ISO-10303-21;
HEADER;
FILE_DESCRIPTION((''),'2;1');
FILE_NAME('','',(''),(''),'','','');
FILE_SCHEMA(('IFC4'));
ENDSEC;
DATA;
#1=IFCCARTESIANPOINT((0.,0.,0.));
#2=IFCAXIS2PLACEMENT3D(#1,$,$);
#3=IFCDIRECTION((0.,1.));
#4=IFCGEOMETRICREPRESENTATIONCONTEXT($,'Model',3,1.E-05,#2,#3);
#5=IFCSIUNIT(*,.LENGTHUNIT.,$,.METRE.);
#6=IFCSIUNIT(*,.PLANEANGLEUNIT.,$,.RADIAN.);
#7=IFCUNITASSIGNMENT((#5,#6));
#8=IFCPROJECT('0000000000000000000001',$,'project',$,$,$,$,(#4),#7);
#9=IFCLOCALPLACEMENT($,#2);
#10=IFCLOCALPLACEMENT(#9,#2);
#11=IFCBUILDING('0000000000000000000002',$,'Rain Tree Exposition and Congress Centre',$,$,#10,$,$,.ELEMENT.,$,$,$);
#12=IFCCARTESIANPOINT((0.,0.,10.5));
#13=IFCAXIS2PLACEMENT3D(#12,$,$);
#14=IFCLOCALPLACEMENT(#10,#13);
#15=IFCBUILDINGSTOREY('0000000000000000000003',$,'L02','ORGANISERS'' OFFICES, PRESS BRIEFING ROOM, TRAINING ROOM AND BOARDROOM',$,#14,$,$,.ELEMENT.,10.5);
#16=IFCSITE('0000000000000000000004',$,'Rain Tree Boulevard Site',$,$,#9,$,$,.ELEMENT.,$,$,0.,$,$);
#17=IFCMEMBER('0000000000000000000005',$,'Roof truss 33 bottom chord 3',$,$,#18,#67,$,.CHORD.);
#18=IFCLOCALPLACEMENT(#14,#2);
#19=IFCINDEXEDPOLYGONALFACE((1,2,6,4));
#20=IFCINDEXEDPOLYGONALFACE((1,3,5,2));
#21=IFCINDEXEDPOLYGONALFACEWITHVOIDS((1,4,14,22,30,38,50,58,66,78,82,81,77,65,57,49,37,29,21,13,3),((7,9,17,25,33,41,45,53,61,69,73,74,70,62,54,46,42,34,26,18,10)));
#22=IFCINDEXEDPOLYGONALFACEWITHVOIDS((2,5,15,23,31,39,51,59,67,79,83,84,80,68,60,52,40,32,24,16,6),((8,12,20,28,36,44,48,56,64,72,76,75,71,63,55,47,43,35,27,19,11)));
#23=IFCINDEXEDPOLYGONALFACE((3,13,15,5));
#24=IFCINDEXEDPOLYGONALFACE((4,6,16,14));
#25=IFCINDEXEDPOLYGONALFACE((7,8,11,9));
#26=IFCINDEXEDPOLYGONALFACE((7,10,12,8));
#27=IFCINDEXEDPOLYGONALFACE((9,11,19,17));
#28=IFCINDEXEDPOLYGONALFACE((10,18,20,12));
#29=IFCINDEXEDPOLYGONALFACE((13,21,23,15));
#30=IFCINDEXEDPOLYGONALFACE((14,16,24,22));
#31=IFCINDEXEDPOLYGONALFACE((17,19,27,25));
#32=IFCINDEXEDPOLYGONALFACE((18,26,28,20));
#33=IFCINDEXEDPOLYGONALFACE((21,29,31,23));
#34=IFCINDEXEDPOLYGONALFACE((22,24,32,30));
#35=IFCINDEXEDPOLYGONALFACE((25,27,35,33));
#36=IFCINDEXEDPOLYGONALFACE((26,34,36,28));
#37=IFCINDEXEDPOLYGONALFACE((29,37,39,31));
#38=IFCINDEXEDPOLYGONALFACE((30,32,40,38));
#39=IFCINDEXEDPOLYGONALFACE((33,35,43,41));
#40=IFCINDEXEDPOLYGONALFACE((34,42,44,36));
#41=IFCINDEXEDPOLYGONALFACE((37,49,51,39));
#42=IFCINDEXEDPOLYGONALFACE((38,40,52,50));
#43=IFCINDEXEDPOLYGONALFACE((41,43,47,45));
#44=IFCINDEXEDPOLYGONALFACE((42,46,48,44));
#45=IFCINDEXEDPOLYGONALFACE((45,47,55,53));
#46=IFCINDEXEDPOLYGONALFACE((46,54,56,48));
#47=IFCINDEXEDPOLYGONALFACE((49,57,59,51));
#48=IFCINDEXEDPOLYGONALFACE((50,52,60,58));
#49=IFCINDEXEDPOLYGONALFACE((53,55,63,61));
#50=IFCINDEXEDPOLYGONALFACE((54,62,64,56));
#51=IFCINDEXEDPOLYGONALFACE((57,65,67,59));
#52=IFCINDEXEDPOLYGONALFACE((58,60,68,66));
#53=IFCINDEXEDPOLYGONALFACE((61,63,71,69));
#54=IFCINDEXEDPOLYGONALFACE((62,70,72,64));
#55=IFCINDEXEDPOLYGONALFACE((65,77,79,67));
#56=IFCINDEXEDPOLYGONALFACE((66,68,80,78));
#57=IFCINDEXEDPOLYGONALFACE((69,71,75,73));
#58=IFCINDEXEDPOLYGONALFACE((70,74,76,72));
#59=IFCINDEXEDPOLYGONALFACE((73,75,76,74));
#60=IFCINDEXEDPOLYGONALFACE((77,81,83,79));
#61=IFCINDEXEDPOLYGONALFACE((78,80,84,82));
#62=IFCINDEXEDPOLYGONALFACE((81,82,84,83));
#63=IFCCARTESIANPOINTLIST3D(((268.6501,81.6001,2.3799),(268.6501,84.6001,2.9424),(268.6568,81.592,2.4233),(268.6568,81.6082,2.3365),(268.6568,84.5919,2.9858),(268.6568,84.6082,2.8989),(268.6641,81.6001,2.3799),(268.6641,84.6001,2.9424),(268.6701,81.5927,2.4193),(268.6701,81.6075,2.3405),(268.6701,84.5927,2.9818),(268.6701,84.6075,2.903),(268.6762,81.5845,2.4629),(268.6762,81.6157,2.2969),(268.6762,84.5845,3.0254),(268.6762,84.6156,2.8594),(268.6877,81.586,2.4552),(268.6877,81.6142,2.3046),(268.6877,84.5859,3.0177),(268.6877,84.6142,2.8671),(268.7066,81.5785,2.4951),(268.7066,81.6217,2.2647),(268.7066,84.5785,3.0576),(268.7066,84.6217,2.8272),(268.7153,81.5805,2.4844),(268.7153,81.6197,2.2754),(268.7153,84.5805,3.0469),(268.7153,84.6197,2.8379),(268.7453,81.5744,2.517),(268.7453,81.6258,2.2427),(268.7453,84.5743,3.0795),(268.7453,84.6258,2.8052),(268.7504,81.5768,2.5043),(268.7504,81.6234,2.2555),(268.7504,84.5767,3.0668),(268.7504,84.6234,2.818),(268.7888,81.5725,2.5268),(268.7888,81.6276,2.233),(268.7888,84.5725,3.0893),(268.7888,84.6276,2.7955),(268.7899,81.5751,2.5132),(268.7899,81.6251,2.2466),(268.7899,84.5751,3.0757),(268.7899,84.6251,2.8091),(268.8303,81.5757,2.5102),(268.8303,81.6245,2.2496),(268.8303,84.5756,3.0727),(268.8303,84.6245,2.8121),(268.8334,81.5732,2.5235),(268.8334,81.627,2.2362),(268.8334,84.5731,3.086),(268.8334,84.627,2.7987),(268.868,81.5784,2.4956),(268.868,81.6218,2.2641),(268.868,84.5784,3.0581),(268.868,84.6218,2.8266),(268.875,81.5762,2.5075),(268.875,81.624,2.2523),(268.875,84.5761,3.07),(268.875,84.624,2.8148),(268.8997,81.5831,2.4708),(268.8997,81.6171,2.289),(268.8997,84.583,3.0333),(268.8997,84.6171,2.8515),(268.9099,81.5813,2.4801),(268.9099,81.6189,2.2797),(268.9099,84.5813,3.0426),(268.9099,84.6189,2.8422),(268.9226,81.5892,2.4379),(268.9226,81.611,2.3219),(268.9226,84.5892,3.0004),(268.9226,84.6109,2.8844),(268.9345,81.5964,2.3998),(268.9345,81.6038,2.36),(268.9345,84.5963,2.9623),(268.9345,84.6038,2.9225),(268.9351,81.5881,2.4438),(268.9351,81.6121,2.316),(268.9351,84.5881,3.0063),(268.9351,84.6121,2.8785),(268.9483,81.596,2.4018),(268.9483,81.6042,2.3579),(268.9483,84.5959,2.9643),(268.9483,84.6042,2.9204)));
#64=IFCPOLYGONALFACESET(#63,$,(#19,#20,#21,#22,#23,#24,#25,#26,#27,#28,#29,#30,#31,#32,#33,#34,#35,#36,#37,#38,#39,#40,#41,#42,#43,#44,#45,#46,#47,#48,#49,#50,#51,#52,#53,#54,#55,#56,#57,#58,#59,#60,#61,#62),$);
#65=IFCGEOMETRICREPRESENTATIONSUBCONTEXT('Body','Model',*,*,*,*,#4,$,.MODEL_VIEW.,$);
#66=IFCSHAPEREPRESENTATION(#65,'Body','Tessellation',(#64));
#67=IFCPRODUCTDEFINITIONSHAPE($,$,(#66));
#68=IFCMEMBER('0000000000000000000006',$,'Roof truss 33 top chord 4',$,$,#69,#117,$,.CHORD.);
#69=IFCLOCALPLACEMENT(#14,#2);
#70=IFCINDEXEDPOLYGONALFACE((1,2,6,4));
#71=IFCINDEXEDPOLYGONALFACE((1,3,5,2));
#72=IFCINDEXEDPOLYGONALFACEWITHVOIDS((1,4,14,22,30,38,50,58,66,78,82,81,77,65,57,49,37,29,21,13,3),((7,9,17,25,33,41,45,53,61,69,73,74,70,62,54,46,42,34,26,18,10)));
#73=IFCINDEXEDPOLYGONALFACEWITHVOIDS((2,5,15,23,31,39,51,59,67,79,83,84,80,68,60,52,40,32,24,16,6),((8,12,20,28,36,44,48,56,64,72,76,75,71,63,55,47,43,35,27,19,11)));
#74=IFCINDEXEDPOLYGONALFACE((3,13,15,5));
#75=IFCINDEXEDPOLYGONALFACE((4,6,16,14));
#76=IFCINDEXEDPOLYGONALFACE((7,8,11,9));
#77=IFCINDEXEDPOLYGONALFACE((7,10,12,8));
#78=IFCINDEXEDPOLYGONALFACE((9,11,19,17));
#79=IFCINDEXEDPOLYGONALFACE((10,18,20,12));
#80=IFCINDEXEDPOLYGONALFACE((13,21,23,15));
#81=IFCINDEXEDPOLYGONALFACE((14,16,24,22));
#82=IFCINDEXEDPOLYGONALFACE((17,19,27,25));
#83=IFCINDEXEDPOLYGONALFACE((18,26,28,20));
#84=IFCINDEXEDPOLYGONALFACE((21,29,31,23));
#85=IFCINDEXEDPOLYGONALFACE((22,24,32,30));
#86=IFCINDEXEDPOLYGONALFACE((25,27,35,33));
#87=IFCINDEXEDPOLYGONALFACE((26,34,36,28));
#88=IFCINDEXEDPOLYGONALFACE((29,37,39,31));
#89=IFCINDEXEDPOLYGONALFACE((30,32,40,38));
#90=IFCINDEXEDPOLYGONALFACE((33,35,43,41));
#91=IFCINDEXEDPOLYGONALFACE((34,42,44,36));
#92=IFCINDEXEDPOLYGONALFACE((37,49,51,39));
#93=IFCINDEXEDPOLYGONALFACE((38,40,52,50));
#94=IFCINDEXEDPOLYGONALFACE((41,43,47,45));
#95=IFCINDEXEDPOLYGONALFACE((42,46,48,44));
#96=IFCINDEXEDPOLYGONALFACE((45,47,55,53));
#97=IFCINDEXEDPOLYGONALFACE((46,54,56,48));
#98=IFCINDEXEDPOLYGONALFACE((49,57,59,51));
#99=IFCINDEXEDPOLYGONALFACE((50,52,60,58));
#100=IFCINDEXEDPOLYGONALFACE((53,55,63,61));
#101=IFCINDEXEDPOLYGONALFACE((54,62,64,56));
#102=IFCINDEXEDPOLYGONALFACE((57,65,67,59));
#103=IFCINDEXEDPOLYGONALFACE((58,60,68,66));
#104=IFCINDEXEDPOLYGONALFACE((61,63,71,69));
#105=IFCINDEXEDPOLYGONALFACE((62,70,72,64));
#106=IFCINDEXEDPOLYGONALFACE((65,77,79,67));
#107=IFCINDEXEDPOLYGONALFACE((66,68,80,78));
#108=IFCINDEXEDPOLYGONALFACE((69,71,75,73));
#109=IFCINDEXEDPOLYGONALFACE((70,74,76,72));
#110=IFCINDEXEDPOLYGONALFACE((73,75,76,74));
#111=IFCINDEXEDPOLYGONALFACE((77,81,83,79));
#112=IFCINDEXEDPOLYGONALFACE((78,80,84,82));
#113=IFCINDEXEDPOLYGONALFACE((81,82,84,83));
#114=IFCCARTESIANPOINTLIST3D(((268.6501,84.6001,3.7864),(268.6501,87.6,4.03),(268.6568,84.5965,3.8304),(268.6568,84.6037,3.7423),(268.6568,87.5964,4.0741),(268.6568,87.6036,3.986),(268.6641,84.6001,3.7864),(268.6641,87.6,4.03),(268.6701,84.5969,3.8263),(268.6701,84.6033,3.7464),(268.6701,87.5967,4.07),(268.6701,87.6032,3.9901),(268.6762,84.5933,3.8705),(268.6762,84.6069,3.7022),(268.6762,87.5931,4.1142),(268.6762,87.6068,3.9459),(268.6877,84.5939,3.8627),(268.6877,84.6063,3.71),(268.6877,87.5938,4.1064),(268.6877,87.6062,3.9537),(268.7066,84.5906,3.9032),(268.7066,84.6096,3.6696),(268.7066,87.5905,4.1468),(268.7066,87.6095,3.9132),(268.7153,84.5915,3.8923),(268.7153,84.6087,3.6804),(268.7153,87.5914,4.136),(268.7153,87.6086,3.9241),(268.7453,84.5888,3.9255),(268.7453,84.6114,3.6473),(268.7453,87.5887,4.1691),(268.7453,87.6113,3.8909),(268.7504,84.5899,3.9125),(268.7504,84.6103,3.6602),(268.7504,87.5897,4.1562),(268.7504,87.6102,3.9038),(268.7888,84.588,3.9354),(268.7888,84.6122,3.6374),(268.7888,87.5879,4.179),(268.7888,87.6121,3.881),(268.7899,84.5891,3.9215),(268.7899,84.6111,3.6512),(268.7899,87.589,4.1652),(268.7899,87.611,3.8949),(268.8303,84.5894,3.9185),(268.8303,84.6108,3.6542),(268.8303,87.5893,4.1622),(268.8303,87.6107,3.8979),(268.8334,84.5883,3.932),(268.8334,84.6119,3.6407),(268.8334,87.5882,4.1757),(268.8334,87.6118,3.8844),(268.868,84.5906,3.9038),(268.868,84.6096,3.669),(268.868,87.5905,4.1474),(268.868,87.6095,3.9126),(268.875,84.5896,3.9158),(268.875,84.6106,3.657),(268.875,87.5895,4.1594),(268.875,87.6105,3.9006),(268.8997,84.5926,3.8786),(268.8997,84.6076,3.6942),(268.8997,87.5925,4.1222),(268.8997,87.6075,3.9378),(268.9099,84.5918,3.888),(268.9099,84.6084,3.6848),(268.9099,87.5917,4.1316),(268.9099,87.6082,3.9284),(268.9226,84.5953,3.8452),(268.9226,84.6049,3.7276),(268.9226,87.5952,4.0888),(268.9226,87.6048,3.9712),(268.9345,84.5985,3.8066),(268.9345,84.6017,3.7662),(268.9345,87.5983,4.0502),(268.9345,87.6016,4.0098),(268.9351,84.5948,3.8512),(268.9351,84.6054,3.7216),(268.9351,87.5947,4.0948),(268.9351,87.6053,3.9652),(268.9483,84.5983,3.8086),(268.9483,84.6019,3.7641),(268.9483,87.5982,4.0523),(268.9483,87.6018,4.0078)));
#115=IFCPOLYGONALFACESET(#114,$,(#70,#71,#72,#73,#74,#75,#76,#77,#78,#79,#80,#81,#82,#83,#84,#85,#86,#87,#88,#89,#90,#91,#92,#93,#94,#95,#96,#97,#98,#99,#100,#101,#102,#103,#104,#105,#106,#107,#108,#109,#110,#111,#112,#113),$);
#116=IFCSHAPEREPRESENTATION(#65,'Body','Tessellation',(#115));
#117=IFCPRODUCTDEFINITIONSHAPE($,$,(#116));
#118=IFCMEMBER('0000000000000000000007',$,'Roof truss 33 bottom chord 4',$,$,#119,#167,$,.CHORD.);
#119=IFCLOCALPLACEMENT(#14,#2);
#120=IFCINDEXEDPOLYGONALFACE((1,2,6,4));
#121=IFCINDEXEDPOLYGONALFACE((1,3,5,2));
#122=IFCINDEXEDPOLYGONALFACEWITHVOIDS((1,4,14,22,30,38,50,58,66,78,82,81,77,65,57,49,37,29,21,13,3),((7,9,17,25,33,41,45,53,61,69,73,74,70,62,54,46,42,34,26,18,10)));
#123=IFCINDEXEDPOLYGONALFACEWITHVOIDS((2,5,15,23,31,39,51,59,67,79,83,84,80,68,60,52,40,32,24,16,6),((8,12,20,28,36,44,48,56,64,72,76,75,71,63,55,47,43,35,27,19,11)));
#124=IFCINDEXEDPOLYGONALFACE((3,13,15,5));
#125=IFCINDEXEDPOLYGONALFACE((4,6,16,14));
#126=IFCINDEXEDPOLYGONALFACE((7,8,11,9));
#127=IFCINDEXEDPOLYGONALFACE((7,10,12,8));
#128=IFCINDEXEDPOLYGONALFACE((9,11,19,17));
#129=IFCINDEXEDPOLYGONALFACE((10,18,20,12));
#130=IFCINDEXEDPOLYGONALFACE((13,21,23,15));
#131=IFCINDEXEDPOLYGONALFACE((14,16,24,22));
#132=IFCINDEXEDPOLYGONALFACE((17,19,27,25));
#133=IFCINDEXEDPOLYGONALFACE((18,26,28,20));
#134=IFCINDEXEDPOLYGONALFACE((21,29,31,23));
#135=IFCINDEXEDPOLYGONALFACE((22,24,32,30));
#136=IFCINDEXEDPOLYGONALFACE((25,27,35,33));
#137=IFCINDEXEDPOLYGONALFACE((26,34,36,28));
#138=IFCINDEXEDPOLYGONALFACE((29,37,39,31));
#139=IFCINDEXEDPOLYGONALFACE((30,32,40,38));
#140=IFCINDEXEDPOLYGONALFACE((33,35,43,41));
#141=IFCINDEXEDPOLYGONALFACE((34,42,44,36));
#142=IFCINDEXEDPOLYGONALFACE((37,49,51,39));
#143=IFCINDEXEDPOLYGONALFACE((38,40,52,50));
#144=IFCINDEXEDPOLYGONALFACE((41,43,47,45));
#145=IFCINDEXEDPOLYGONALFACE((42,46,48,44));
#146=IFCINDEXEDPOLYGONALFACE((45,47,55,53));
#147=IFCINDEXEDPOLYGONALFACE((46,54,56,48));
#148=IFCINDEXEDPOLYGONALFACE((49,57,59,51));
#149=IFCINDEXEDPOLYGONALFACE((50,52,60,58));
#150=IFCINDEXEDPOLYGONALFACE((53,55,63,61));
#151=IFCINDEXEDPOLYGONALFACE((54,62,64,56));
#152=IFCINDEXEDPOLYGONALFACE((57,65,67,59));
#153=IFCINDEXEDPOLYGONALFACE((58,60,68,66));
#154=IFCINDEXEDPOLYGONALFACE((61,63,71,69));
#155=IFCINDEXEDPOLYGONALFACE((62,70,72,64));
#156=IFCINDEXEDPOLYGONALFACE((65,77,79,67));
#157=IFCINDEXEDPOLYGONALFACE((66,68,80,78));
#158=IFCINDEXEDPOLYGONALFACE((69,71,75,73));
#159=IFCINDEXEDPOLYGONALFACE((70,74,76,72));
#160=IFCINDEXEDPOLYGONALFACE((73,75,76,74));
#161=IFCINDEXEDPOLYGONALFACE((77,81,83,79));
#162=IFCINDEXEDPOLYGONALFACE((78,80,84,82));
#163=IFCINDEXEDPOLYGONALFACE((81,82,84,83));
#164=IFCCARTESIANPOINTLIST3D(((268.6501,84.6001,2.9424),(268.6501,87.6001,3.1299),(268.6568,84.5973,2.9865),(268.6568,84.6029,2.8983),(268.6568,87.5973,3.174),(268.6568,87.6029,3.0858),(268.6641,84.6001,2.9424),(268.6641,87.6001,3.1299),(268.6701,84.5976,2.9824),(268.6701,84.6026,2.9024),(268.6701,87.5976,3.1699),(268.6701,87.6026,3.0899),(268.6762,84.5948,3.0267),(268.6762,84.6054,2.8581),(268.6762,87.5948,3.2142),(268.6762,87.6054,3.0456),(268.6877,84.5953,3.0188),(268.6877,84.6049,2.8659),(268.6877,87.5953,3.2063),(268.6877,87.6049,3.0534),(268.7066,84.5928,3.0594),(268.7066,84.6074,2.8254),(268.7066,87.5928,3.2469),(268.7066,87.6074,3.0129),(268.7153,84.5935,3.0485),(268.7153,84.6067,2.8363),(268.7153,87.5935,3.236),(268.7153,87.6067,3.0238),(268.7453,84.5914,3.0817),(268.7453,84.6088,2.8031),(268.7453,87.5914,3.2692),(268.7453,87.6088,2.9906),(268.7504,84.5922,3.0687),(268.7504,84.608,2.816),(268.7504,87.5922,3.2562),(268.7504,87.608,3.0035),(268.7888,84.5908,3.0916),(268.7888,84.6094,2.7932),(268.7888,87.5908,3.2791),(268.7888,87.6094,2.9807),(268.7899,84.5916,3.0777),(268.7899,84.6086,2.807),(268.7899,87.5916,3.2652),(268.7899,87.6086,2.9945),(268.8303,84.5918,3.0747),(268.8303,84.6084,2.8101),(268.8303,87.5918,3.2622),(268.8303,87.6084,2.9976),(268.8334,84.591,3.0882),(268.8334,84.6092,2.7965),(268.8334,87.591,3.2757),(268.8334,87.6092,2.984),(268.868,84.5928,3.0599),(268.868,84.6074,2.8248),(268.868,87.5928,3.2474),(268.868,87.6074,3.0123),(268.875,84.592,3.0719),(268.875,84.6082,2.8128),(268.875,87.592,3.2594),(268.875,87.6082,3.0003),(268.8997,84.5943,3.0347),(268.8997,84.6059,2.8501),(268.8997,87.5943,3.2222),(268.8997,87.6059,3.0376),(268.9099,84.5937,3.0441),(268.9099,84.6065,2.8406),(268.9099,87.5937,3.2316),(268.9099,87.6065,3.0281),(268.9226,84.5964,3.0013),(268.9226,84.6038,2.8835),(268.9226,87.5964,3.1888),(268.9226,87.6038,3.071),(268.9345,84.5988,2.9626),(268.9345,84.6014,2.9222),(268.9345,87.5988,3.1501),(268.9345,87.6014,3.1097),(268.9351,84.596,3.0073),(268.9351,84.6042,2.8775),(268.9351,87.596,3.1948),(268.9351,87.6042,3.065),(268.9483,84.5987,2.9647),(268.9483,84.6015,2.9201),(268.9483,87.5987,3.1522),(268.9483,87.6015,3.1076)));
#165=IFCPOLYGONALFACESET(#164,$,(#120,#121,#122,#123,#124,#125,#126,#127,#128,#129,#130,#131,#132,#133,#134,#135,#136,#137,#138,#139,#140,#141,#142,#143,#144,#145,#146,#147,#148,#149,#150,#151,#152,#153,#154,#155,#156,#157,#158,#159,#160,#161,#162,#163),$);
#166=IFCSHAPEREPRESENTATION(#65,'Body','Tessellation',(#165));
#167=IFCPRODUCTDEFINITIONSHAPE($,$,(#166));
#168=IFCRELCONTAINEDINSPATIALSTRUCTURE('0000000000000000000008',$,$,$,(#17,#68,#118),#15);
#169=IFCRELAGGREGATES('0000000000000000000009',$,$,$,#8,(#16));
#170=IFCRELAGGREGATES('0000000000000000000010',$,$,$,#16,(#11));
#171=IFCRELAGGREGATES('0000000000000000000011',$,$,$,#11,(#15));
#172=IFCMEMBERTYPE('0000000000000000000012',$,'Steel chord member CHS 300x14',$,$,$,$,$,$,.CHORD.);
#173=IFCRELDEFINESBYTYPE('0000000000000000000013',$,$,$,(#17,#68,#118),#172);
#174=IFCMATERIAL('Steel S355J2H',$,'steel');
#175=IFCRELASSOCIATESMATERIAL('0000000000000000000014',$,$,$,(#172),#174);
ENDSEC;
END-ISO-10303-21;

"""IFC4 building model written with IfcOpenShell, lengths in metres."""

from ifc_helpers import new_model, si_unit, direction, frame, origin, origin_2d, place, context, subcontext, project, spatial, hollow_circle, extrude, material, material_profile, profile_set, type_object, element, save


model = new_model("IFC4")

# Units and contexts
model_context = context("Model", 3, precision=1e-05, world=origin(), true_north=direction((0.0, 1.0)))
body_context = subcontext(model_context, "Body", "Model", "MODEL_VIEW")
ifc_project = project(units=[si_unit("LENGTHUNIT", "METRE"), si_unit("PLANEANGLEUNIT", "RADIAN")], contexts=[model_context])

# Site, building, storey
site_placement = place(None, origin())
site = spatial("IfcSite", under=ifc_project, at=site_placement, Name="Rain Tree Boulevard Site", CompositionType="ELEMENT", RefElevation=0.0)
building_placement = place(site_placement, origin())
building = spatial("IfcBuilding", under=site, at=building_placement, Name="Rain Tree Exposition and Congress Centre", CompositionType="ELEMENT")
storey_placement = place(building_placement, frame((0.0, 0.0, 10.5)))
storey = spatial("IfcBuildingStorey", under=building, at=storey_placement, Name="L02", Description="ORGANISERS' OFFICES, PRESS BRIEFING ROOM, TRAINING ROOM AND BOARDROOM", CompositionType="ELEMENT", Elevation=10.5)

# Members
ifc_material_1 = material(Name="Steel S355J2H", Category="steel")
ifc_material_profile_1 = material_profile(ifc_material_1, hollow_circle(Radius=0.1499, WallThickness=0.0139, at=origin_2d()), Name="CHS 300x14")
ifc_profile_set_1 = profile_set([ifc_material_profile_1], Name="Steel S355J2H")
member_type_1 = type_object("IfcMemberType", Name="Steel chord member CHS 300x14", PredefinedType="CHORD", material=ifc_profile_set_1)
member_1_placement = place(storey_placement, frame((268.8, 81.6001, 2.3799), z_axis=(0.0, 0.982872, 0.184289), x_axis=(-1.0, 0.0, 0.0)))
element("IfcMember", 1, at=member_1_placement, inside=storey, type_object=member_type_1, Name="Roof truss 33 bottom chord 3", PredefinedType="CHORD", context=body_context, shape_type="SweptSolid", body=[
    extrude(hollow_circle(Radius=0.1499, WallThickness=0.0139, at=origin_2d()), origin(), (0.0, 0.0, 1.0), 3.0522),
])
member_2_placement = place(storey_placement, frame((268.8, 84.6001, 3.7864), z_axis=(0.0, 0.996718, 0.080951), x_axis=(-1.0, 0.0, 0.0)))
element("IfcMember", 2, at=member_2_placement, inside=storey, type_object=member_type_1, Name="Roof truss 33 top chord 4", PredefinedType="CHORD", context=body_context, shape_type="SweptSolid", body=[
    extrude(hollow_circle(Radius=0.1499, WallThickness=0.0139, at=origin_2d()), origin(), (0.0, 0.0, 1.0), 3.0098),
])
member_3_placement = place(storey_placement, frame((268.8, 84.6001, 2.9424), z_axis=(0.0, 0.998053, 0.062378), x_axis=(-1.0, 0.0, 0.0)))
element("IfcMember", 3, at=member_3_placement, inside=storey, type_object=member_type_1, Name="Roof truss 33 bottom chord 4", PredefinedType="CHORD", context=body_context, shape_type="SweptSolid", body=[
    extrude(hollow_circle(Radius=0.1499, WallThickness=0.0139, at=origin_2d()), origin(), (0.0, 0.0, 1.0), 3.0059),
])

save(model, "model.ifc")
